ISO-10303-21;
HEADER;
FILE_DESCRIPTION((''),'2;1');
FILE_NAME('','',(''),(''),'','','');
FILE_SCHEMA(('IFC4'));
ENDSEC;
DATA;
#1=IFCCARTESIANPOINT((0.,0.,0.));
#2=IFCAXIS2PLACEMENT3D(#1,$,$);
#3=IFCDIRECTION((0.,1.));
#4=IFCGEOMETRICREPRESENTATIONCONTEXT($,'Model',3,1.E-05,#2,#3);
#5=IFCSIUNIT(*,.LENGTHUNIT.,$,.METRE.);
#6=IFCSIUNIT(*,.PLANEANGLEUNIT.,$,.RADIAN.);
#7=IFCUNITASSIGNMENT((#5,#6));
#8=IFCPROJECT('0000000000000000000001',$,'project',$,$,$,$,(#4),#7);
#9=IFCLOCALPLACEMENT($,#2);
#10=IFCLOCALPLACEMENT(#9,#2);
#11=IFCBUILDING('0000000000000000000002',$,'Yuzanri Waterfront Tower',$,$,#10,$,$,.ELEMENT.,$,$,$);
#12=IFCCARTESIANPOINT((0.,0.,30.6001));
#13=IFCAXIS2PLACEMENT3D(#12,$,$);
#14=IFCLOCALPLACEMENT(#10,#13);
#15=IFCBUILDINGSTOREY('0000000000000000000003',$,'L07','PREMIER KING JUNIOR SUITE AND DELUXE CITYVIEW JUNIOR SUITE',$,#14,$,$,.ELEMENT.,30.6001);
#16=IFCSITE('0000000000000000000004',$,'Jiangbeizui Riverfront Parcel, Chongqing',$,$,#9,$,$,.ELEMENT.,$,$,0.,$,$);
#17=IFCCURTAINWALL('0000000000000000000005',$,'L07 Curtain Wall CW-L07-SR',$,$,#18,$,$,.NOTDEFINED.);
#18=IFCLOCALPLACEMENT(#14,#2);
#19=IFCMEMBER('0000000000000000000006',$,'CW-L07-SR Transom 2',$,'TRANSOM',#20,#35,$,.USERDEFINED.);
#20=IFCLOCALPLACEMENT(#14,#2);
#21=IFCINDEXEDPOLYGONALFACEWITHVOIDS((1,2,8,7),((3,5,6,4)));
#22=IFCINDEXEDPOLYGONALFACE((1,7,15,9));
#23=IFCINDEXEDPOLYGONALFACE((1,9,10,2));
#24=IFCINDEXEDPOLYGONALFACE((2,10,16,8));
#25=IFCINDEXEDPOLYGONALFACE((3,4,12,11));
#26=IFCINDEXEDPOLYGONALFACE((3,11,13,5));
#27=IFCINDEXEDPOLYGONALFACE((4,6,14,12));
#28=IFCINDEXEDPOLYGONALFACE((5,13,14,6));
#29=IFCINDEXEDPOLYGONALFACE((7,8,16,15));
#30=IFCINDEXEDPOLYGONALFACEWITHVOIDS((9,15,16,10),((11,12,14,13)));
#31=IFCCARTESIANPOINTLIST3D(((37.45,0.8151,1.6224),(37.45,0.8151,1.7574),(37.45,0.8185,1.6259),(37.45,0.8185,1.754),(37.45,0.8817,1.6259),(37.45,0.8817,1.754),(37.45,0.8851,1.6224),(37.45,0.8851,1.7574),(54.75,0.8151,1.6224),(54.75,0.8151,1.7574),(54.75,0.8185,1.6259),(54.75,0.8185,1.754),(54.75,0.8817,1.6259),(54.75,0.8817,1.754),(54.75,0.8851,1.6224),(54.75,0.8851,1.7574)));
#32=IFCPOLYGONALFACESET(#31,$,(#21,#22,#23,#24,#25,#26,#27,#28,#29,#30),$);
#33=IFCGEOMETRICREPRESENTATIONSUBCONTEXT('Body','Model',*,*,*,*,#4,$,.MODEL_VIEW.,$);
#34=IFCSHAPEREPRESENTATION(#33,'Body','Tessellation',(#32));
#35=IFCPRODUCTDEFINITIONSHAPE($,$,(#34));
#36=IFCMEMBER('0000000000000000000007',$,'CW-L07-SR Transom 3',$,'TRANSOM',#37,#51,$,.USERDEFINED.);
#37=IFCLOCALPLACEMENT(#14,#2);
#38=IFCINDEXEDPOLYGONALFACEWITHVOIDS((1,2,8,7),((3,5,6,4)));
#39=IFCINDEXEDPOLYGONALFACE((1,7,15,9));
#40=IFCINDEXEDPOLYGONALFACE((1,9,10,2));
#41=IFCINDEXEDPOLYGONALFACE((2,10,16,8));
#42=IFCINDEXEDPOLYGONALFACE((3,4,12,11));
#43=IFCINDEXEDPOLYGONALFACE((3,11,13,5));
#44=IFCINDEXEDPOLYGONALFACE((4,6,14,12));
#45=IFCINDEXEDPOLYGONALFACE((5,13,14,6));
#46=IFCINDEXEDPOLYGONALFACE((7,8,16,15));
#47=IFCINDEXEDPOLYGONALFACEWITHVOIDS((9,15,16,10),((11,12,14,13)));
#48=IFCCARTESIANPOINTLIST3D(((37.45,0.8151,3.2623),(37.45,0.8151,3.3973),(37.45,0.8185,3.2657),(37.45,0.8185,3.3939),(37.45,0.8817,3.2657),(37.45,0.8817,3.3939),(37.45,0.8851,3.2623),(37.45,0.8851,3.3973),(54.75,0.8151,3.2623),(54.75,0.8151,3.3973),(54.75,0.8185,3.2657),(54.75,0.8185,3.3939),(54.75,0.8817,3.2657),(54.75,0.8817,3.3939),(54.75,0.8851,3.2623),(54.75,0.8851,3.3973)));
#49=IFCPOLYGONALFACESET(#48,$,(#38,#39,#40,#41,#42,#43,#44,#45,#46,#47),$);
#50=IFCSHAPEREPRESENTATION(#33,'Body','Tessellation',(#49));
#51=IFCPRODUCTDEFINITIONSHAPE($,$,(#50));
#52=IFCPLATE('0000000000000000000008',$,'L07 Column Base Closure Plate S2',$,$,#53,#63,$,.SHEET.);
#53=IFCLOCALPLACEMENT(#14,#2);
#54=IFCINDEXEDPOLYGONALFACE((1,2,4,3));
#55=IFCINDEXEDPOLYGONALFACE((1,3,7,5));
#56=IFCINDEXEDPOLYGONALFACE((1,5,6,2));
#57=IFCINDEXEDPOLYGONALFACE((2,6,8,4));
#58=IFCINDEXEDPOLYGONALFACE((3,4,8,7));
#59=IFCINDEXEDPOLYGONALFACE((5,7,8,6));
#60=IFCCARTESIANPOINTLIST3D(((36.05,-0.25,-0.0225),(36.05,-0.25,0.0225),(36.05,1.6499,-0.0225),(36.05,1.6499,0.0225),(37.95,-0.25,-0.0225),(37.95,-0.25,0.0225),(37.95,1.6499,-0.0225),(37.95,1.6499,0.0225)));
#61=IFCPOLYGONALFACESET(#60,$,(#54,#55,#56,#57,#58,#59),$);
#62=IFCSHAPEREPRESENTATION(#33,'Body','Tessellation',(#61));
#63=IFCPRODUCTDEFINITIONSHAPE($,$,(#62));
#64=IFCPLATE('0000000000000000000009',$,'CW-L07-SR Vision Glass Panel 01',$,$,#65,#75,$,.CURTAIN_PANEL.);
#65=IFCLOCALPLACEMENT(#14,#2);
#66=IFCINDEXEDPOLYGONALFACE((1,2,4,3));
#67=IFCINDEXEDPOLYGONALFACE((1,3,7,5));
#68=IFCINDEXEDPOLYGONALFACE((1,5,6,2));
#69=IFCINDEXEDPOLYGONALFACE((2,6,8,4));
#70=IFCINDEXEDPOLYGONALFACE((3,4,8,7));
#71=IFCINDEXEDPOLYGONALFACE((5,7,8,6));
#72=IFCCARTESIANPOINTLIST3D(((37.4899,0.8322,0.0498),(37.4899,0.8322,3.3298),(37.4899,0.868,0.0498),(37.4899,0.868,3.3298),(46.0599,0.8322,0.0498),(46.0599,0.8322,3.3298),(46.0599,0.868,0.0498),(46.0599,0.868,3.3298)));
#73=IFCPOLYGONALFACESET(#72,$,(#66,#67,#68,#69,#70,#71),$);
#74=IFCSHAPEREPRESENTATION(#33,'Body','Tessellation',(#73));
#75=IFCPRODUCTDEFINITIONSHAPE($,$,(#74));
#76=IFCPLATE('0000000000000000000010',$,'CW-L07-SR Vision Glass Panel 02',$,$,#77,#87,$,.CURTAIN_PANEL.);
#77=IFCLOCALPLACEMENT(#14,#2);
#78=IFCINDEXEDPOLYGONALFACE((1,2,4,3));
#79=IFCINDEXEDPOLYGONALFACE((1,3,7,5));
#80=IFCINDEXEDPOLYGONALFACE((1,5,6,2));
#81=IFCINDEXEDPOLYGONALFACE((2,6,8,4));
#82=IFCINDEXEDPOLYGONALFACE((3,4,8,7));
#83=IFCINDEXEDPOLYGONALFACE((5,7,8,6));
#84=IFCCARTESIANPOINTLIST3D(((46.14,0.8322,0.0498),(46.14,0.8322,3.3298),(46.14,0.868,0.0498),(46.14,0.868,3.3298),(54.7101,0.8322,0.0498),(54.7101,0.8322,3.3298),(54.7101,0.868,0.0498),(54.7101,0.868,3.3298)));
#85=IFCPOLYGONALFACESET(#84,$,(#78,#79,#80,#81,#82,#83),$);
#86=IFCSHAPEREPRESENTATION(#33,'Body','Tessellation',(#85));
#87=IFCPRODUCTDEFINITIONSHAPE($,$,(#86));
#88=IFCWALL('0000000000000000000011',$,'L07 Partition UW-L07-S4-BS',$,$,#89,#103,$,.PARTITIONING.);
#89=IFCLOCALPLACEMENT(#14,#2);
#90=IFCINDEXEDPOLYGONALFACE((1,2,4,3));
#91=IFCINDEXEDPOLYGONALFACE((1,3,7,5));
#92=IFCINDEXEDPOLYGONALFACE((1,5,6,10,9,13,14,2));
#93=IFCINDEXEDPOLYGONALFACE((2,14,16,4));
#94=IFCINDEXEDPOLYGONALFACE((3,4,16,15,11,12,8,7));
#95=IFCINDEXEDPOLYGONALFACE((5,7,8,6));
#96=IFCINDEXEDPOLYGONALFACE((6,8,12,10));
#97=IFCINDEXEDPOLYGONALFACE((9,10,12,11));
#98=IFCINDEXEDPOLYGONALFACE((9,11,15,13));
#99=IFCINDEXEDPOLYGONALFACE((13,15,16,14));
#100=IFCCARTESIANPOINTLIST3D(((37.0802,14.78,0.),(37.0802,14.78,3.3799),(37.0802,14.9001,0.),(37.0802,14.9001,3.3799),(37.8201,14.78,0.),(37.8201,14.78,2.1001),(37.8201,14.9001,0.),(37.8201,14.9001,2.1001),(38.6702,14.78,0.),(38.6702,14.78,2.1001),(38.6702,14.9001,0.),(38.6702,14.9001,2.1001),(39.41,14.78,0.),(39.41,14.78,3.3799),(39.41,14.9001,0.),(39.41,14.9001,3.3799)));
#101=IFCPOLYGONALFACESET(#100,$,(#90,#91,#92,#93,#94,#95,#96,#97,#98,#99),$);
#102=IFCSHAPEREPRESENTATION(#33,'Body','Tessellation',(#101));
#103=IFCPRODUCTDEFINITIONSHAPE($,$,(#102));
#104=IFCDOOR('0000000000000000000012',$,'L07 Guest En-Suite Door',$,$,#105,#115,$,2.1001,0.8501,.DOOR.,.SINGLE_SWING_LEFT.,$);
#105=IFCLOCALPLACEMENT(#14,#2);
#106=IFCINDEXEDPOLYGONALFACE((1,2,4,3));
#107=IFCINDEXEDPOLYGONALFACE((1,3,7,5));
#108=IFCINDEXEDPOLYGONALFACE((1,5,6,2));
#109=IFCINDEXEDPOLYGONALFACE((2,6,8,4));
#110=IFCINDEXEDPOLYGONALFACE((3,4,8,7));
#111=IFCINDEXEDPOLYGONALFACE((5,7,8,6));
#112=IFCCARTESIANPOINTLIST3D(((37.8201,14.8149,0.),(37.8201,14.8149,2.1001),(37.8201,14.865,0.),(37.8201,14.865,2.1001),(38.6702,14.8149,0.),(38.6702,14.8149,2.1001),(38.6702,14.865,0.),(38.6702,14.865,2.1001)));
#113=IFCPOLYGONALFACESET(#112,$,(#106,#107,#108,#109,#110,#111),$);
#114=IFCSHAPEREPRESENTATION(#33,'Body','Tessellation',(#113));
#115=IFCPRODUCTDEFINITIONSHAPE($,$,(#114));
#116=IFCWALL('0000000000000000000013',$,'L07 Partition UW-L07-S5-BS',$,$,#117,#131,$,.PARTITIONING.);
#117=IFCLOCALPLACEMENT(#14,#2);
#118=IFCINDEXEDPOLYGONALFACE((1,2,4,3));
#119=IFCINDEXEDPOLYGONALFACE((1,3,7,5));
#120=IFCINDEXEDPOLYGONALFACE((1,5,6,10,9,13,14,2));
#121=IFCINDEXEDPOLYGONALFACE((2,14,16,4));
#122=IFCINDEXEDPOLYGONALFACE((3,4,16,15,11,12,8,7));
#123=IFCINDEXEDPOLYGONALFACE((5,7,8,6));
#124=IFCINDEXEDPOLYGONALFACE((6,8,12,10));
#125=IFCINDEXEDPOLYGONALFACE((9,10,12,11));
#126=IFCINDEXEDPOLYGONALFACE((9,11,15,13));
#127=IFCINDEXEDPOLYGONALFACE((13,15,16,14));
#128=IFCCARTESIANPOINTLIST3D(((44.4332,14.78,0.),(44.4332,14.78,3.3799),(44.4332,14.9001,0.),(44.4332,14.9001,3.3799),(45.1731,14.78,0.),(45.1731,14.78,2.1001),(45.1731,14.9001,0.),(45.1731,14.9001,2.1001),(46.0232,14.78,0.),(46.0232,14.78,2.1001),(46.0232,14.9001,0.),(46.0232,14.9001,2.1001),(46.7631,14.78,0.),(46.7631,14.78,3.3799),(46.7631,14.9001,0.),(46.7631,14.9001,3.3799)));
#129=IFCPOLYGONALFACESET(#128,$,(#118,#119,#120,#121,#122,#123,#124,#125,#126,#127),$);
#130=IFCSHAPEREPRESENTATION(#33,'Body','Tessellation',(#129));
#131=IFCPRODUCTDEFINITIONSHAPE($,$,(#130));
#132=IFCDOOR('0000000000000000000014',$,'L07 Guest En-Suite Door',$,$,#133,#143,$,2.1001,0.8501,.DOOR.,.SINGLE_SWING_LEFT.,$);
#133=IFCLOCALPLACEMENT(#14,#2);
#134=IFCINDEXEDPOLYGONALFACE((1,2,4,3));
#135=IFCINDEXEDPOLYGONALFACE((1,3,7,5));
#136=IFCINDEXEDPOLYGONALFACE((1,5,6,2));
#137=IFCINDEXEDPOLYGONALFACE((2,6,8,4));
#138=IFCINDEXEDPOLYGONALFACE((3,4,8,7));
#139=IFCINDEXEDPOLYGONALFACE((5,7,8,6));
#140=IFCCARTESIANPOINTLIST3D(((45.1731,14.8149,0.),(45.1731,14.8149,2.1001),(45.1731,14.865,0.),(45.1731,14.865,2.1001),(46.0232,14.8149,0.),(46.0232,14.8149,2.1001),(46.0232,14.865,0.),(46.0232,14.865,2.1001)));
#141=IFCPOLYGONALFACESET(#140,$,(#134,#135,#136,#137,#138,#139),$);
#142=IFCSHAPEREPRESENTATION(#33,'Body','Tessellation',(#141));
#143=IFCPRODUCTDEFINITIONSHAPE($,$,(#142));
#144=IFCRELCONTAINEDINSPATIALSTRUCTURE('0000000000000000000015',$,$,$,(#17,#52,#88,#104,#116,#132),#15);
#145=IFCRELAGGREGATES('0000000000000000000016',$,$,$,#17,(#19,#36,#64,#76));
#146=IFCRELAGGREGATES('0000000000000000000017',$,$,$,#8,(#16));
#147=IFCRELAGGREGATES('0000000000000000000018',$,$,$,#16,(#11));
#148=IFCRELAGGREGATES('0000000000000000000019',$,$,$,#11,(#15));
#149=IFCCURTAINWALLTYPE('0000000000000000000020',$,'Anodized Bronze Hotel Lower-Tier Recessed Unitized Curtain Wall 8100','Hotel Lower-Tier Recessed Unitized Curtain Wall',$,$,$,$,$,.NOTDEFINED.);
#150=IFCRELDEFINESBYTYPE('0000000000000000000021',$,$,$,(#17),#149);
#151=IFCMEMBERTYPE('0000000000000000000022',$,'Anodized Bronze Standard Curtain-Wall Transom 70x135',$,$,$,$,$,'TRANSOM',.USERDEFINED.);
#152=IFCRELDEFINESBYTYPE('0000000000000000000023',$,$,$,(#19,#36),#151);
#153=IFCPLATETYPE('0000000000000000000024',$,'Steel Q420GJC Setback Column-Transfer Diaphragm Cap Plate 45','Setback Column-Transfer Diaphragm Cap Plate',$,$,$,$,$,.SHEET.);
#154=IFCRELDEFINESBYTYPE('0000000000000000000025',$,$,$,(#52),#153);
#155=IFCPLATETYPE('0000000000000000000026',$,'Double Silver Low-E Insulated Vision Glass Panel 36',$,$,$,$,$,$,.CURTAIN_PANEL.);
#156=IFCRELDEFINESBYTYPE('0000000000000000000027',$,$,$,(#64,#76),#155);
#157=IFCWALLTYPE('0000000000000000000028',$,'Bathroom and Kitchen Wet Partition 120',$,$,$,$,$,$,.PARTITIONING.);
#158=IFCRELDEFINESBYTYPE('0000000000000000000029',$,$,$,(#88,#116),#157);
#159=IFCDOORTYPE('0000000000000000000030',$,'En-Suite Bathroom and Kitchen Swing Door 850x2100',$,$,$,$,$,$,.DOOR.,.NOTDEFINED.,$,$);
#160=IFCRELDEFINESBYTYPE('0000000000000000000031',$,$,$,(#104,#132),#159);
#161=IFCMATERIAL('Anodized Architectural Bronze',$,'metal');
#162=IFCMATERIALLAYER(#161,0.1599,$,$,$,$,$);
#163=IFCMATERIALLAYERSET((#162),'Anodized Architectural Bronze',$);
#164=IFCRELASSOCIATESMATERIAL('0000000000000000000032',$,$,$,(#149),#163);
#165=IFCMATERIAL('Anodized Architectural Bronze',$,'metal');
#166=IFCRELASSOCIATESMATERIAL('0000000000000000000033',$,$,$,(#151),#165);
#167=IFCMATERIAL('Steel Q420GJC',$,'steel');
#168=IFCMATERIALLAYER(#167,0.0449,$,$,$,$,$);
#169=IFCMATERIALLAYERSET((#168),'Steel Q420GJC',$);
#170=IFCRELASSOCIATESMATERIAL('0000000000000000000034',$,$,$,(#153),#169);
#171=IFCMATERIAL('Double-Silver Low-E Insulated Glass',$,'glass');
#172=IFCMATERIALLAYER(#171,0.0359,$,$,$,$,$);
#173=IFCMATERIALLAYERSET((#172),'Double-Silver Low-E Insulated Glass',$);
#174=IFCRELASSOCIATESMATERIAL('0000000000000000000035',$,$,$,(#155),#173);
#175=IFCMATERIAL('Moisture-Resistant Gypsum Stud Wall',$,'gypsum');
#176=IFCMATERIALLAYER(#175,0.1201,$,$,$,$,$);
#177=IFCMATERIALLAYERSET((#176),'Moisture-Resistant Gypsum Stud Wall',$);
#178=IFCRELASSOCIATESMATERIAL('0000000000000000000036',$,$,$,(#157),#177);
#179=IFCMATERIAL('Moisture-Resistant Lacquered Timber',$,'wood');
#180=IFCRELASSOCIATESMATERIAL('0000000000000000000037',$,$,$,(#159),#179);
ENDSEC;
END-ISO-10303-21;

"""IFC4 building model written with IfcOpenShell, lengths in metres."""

from ifc_helpers import new_model, si_unit, direction, frame, frame_2d, origin, origin_2d, place, context, subcontext, project, spatial, rectangle, hollow_rectangle, extrude, source, transform, mapped, material, layer, layer_set, material_profile, profile_set, type_object, element, fill, aggregate, save


model = new_model("IFC4")

# Units and contexts
model_context = context("Model", 3, precision=1e-05, world=origin(), true_north=direction((0.0, 1.0)))
body_context = subcontext(model_context, "Body", "Model", "MODEL_VIEW")
ifc_project = project(units=[si_unit("LENGTHUNIT", "METRE"), si_unit("PLANEANGLEUNIT", "RADIAN")], contexts=[model_context])

# Site, building, storey
site_placement = place(None, origin())
site = spatial("IfcSite", under=ifc_project, at=site_placement, Name="Jiangbeizui Riverfront Parcel, Chongqing", CompositionType="ELEMENT", RefElevation=0.0)
building_placement = place(site_placement, origin())
building = spatial("IfcBuilding", under=site, at=building_placement, Name="Yuzanri Waterfront Tower", CompositionType="ELEMENT")
storey_placement = place(building_placement, frame((0.0, 0.0, 30.6001)))
storey = spatial("IfcBuildingStorey", under=building, at=storey_placement, Name="L07", Description="PREMIER KING JUNIOR SUITE AND DELUXE CITYVIEW JUNIOR SUITE", CompositionType="ELEMENT", Elevation=30.6001)

# Curtain wall, members
ifc_material_1 = material(Name="Anodized Architectural Bronze", Category="metal")
ifc_layer_1 = layer(ifc_material_1, 0.1599)
ifc_layer_set_1 = layer_set([ifc_layer_1], Name="Anodized Architectural Bronze")
curtain_wall_type = type_object("IfcCurtainWallType", Name="Anodized Bronze Hotel Lower-Tier Recessed Unitized Curtain Wall 8100", Description="Hotel Lower-Tier Recessed Unitized Curtain Wall", PredefinedType="NOTDEFINED", material=ifc_layer_set_1)
curtain_wall_placement = place(storey_placement, origin())
curtain_wall = element("IfcCurtainWall", 1, at=curtain_wall_placement, inside=storey, type_object=curtain_wall_type, Name="L07 Curtain Wall CW-L07-SR", PredefinedType="NOTDEFINED")
ifc_material_2 = material(Name="Anodized Architectural Bronze", Category="metal")
ifc_material_profile_1 = material_profile(ifc_material_2, hollow_rectangle(XDim=0.0701, YDim=0.135, WallThickness=0.0034, at=origin_2d()), Name="CWT 70x135")
ifc_profile_set_1 = profile_set([ifc_material_profile_1], Name="Anodized Architectural Bronze")
member_type_1 = type_object("IfcMemberType", Name="Anodized Bronze Standard Curtain-Wall Transom 70x135", ElementType="TRANSOM", PredefinedType="USERDEFINED", material=ifc_profile_set_1)
shared_shape_1 = source(origin(), body_context, "Body", "SweptSolid", [
    extrude(hollow_rectangle(XDim=0.0701, YDim=0.135, WallThickness=0.0034, at=origin_2d()), origin(), (0.0, 0.0, 1.0), 17.3),
])
member_1_placement = place(storey_placement, frame((37.45, 0.8501, 1.6899), z_axis=(1.0, 0.0, 0.0), x_axis=(0.0, 1.0, 0.0)))
member_1 = element("IfcMember", 2, at=member_1_placement, type_object=member_type_1, Name="CW-L07-SR Transom 2", ObjectType="TRANSOM", PredefinedType="USERDEFINED", context=body_context, shape_type="MappedRepresentation", body=[
    mapped(shared_shape_1, transform((0.0, 0.0, 0.0), scale=1.0)),
])
member_2_placement = place(storey_placement, frame((37.45, 0.8501, 3.3298), z_axis=(1.0, 0.0, 0.0), x_axis=(0.0, 1.0, 0.0)))
member_2 = element("IfcMember", 3, at=member_2_placement, type_object=member_type_1, Name="CW-L07-SR Transom 3", ObjectType="TRANSOM", PredefinedType="USERDEFINED", context=body_context, shape_type="MappedRepresentation", body=[
    mapped(shared_shape_1, transform((0.0, 0.0, 0.0), scale=1.0)),
])

# Plates
ifc_material_3 = material(Name="Steel Q420GJC", Category="steel")
ifc_layer_2 = layer(ifc_material_3, 0.0449)
ifc_layer_set_2 = layer_set([ifc_layer_2], Name="Steel Q420GJC")
plate_type_1 = type_object("IfcPlateType", Name="Steel Q420GJC Setback Column-Transfer Diaphragm Cap Plate 45", Description="Setback Column-Transfer Diaphragm Cap Plate", PredefinedType="SHEET", material=ifc_layer_set_2)
shared_shape_2 = source(origin(), body_context, "Body", "SweptSolid", [
    extrude(rectangle(XDim=1.8999, YDim=1.8999, at=origin_2d()), origin(), (0.0, 0.0, 1.0), 0.0449),
])
plate_1_placement = place(storey_placement, frame((37.0, 0.7, -0.0225), z_axis=(0.0, 0.0, 1.0), x_axis=(1.0, 0.0, 0.0)))
element("IfcPlate", 4, at=plate_1_placement, inside=storey, type_object=plate_type_1, Name="L07 Column Base Closure Plate S2", PredefinedType="SHEET", context=body_context, shape_type="MappedRepresentation", body=[
    mapped(shared_shape_2, transform((0.0, 0.0, 0.0), scale=1.0)),
])
ifc_material_4 = material(Name="Double-Silver Low-E Insulated Glass", Category="glass")
ifc_layer_3 = layer(ifc_material_4, 0.0359)
ifc_layer_set_3 = layer_set([ifc_layer_3], Name="Double-Silver Low-E Insulated Glass")
plate_type_2 = type_object("IfcPlateType", Name="Double Silver Low-E Insulated Vision Glass Panel 36", PredefinedType="CURTAIN_PANEL", material=ifc_layer_set_3)
shared_shape_3 = source(origin(), body_context, "Body", "SweptSolid", [
    extrude(rectangle(XDim=8.5701, YDim=0.0359, at=origin_2d()), origin(), (0.0, 0.0, 1.0), 3.28),
])
plate_2_placement = place(storey_placement, frame((41.7749, 0.8501, 0.0498), z_axis=(0.0, 0.0, 1.0), x_axis=(1.0, 0.0, 0.0)))
plate_2 = element("IfcPlate", 5, at=plate_2_placement, type_object=plate_type_2, Name="CW-L07-SR Vision Glass Panel 01", PredefinedType="CURTAIN_PANEL", context=body_context, shape_type="MappedRepresentation", body=[
    mapped(shared_shape_3, transform((0.0, 0.0, 0.0), scale=1.0)),
])
plate_3_placement = place(storey_placement, frame((50.425, 0.8501, 0.0498), z_axis=(0.0, 0.0, 1.0), x_axis=(1.0, 0.0, 0.0)))
plate_3 = element("IfcPlate", 6, at=plate_3_placement, type_object=plate_type_2, Name="CW-L07-SR Vision Glass Panel 02", PredefinedType="CURTAIN_PANEL", context=body_context, shape_type="MappedRepresentation", body=[
    mapped(shared_shape_3, transform((0.0, 0.0, 0.0), scale=1.0)),
])
aggregate(curtain_wall, [member_1, member_2, plate_2, plate_3])

# Walls, openings, doors
ifc_material_5 = material(Name="Moisture-Resistant Gypsum Stud Wall", Category="gypsum")
ifc_layer_4 = layer(ifc_material_5, 0.1201)
ifc_layer_set_4 = layer_set([ifc_layer_4], Name="Moisture-Resistant Gypsum Stud Wall")
wall_type_1 = type_object("IfcWallType", Name="Bathroom and Kitchen Wet Partition 120", PredefinedType="PARTITIONING", material=ifc_layer_set_4)
wall_1_placement = place(storey_placement, frame((37.0801, 14.8401, 0.0), z_axis=(0.0, 0.0, 1.0), x_axis=(1.0, 0.0, 0.0)))
wall_1 = element("IfcWall", 7, at=wall_1_placement, inside=storey, type_object=wall_type_1, Name="L07 Partition UW-L07-S4-BS", PredefinedType="PARTITIONING", context=body_context, shape_type="SweptSolid", body=[
    extrude(rectangle(XDim=2.3298, YDim=0.1201, at=frame_2d((1.165, 0.0))), origin(), (0.0, 0.0, 1.0), 3.3799),
])
opening_1_placement = place(wall_1_placement, frame((0.74, 0.0, 0.0)))
opening_1 = element("IfcOpeningElement", 8, at=opening_1_placement, cuts=wall_1, PredefinedType="OPENING", context=body_context, shape_type="SweptSolid", body=[
    extrude(rectangle(XDim=0.8501, YDim=2.1001, at=frame_2d((0.425, 1.05))), frame((0.0, 0.075, 0.0), z_axis=(0.0, -1.0, 0.0), x_axis=(1.0, 0.0, 0.0)), (0.0, 0.0, 1.0), 0.1499),
])
ifc_material_6 = material(Name="Moisture-Resistant Lacquered Timber", Category="wood")
door_type_1 = type_object("IfcDoorType", Name="En-Suite Bathroom and Kitchen Swing Door 850x2100", OperationType="NOTDEFINED", PredefinedType="DOOR", material=ifc_material_6)
shared_shape_4 = source(origin(), body_context, "Body", "SweptSolid", [
    extrude(rectangle(XDim=0.8501, YDim=2.1001, at=frame_2d((0.425, 1.05))), frame((0.0, 0.0249, 0.0), z_axis=(0.0, -1.0, 0.0), x_axis=(1.0, 0.0, 0.0)), (0.0, 0.0, 1.0), 0.05),
])
door_1_placement = place(opening_1_placement, origin())
door_1 = element("IfcDoor", 9, at=door_1_placement, inside=storey, type_object=door_type_1, Name="L07 Guest En-Suite Door", OperationType="SINGLE_SWING_LEFT", OverallHeight=2.1001, OverallWidth=0.8501, PredefinedType="DOOR", context=body_context, shape_type="MappedRepresentation", body=[
    mapped(shared_shape_4, transform((0.0, 0.0, 0.0), scale=1.0)),
])
fill(opening_1, door_1)
wall_2_placement = place(storey_placement, frame((44.4331, 14.8401, 0.0), z_axis=(0.0, 0.0, 1.0), x_axis=(1.0, 0.0, 0.0)))
wall_2 = element("IfcWall", 10, at=wall_2_placement, inside=storey, type_object=wall_type_1, Name="L07 Partition UW-L07-S5-BS", PredefinedType="PARTITIONING", context=body_context, shape_type="SweptSolid", body=[
    extrude(rectangle(XDim=2.3298, YDim=0.1201, at=frame_2d((1.165, 0.0))), origin(), (0.0, 0.0, 1.0), 3.3799),
])
opening_2_placement = place(wall_2_placement, frame((0.74, 0.0, 0.0)))
opening_2 = element("IfcOpeningElement", 11, at=opening_2_placement, cuts=wall_2, PredefinedType="OPENING", context=body_context, shape_type="SweptSolid", body=[
    extrude(rectangle(XDim=0.8501, YDim=2.1001, at=frame_2d((0.425, 1.05))), frame((0.0, 0.075, 0.0), z_axis=(0.0, -1.0, 0.0), x_axis=(1.0, 0.0, 0.0)), (0.0, 0.0, 1.0), 0.1499),
])
door_2_placement = place(opening_2_placement, origin())
door_2 = element("IfcDoor", 12, at=door_2_placement, inside=storey, type_object=door_type_1, Name="L07 Guest En-Suite Door", OperationType="SINGLE_SWING_LEFT", OverallHeight=2.1001, OverallWidth=0.8501, PredefinedType="DOOR", context=body_context, shape_type="MappedRepresentation", body=[
    mapped(shared_shape_4, transform((0.0, 0.0, 0.0), scale=1.0)),
])
fill(opening_2, door_2)

save(model, "model.ifc")
